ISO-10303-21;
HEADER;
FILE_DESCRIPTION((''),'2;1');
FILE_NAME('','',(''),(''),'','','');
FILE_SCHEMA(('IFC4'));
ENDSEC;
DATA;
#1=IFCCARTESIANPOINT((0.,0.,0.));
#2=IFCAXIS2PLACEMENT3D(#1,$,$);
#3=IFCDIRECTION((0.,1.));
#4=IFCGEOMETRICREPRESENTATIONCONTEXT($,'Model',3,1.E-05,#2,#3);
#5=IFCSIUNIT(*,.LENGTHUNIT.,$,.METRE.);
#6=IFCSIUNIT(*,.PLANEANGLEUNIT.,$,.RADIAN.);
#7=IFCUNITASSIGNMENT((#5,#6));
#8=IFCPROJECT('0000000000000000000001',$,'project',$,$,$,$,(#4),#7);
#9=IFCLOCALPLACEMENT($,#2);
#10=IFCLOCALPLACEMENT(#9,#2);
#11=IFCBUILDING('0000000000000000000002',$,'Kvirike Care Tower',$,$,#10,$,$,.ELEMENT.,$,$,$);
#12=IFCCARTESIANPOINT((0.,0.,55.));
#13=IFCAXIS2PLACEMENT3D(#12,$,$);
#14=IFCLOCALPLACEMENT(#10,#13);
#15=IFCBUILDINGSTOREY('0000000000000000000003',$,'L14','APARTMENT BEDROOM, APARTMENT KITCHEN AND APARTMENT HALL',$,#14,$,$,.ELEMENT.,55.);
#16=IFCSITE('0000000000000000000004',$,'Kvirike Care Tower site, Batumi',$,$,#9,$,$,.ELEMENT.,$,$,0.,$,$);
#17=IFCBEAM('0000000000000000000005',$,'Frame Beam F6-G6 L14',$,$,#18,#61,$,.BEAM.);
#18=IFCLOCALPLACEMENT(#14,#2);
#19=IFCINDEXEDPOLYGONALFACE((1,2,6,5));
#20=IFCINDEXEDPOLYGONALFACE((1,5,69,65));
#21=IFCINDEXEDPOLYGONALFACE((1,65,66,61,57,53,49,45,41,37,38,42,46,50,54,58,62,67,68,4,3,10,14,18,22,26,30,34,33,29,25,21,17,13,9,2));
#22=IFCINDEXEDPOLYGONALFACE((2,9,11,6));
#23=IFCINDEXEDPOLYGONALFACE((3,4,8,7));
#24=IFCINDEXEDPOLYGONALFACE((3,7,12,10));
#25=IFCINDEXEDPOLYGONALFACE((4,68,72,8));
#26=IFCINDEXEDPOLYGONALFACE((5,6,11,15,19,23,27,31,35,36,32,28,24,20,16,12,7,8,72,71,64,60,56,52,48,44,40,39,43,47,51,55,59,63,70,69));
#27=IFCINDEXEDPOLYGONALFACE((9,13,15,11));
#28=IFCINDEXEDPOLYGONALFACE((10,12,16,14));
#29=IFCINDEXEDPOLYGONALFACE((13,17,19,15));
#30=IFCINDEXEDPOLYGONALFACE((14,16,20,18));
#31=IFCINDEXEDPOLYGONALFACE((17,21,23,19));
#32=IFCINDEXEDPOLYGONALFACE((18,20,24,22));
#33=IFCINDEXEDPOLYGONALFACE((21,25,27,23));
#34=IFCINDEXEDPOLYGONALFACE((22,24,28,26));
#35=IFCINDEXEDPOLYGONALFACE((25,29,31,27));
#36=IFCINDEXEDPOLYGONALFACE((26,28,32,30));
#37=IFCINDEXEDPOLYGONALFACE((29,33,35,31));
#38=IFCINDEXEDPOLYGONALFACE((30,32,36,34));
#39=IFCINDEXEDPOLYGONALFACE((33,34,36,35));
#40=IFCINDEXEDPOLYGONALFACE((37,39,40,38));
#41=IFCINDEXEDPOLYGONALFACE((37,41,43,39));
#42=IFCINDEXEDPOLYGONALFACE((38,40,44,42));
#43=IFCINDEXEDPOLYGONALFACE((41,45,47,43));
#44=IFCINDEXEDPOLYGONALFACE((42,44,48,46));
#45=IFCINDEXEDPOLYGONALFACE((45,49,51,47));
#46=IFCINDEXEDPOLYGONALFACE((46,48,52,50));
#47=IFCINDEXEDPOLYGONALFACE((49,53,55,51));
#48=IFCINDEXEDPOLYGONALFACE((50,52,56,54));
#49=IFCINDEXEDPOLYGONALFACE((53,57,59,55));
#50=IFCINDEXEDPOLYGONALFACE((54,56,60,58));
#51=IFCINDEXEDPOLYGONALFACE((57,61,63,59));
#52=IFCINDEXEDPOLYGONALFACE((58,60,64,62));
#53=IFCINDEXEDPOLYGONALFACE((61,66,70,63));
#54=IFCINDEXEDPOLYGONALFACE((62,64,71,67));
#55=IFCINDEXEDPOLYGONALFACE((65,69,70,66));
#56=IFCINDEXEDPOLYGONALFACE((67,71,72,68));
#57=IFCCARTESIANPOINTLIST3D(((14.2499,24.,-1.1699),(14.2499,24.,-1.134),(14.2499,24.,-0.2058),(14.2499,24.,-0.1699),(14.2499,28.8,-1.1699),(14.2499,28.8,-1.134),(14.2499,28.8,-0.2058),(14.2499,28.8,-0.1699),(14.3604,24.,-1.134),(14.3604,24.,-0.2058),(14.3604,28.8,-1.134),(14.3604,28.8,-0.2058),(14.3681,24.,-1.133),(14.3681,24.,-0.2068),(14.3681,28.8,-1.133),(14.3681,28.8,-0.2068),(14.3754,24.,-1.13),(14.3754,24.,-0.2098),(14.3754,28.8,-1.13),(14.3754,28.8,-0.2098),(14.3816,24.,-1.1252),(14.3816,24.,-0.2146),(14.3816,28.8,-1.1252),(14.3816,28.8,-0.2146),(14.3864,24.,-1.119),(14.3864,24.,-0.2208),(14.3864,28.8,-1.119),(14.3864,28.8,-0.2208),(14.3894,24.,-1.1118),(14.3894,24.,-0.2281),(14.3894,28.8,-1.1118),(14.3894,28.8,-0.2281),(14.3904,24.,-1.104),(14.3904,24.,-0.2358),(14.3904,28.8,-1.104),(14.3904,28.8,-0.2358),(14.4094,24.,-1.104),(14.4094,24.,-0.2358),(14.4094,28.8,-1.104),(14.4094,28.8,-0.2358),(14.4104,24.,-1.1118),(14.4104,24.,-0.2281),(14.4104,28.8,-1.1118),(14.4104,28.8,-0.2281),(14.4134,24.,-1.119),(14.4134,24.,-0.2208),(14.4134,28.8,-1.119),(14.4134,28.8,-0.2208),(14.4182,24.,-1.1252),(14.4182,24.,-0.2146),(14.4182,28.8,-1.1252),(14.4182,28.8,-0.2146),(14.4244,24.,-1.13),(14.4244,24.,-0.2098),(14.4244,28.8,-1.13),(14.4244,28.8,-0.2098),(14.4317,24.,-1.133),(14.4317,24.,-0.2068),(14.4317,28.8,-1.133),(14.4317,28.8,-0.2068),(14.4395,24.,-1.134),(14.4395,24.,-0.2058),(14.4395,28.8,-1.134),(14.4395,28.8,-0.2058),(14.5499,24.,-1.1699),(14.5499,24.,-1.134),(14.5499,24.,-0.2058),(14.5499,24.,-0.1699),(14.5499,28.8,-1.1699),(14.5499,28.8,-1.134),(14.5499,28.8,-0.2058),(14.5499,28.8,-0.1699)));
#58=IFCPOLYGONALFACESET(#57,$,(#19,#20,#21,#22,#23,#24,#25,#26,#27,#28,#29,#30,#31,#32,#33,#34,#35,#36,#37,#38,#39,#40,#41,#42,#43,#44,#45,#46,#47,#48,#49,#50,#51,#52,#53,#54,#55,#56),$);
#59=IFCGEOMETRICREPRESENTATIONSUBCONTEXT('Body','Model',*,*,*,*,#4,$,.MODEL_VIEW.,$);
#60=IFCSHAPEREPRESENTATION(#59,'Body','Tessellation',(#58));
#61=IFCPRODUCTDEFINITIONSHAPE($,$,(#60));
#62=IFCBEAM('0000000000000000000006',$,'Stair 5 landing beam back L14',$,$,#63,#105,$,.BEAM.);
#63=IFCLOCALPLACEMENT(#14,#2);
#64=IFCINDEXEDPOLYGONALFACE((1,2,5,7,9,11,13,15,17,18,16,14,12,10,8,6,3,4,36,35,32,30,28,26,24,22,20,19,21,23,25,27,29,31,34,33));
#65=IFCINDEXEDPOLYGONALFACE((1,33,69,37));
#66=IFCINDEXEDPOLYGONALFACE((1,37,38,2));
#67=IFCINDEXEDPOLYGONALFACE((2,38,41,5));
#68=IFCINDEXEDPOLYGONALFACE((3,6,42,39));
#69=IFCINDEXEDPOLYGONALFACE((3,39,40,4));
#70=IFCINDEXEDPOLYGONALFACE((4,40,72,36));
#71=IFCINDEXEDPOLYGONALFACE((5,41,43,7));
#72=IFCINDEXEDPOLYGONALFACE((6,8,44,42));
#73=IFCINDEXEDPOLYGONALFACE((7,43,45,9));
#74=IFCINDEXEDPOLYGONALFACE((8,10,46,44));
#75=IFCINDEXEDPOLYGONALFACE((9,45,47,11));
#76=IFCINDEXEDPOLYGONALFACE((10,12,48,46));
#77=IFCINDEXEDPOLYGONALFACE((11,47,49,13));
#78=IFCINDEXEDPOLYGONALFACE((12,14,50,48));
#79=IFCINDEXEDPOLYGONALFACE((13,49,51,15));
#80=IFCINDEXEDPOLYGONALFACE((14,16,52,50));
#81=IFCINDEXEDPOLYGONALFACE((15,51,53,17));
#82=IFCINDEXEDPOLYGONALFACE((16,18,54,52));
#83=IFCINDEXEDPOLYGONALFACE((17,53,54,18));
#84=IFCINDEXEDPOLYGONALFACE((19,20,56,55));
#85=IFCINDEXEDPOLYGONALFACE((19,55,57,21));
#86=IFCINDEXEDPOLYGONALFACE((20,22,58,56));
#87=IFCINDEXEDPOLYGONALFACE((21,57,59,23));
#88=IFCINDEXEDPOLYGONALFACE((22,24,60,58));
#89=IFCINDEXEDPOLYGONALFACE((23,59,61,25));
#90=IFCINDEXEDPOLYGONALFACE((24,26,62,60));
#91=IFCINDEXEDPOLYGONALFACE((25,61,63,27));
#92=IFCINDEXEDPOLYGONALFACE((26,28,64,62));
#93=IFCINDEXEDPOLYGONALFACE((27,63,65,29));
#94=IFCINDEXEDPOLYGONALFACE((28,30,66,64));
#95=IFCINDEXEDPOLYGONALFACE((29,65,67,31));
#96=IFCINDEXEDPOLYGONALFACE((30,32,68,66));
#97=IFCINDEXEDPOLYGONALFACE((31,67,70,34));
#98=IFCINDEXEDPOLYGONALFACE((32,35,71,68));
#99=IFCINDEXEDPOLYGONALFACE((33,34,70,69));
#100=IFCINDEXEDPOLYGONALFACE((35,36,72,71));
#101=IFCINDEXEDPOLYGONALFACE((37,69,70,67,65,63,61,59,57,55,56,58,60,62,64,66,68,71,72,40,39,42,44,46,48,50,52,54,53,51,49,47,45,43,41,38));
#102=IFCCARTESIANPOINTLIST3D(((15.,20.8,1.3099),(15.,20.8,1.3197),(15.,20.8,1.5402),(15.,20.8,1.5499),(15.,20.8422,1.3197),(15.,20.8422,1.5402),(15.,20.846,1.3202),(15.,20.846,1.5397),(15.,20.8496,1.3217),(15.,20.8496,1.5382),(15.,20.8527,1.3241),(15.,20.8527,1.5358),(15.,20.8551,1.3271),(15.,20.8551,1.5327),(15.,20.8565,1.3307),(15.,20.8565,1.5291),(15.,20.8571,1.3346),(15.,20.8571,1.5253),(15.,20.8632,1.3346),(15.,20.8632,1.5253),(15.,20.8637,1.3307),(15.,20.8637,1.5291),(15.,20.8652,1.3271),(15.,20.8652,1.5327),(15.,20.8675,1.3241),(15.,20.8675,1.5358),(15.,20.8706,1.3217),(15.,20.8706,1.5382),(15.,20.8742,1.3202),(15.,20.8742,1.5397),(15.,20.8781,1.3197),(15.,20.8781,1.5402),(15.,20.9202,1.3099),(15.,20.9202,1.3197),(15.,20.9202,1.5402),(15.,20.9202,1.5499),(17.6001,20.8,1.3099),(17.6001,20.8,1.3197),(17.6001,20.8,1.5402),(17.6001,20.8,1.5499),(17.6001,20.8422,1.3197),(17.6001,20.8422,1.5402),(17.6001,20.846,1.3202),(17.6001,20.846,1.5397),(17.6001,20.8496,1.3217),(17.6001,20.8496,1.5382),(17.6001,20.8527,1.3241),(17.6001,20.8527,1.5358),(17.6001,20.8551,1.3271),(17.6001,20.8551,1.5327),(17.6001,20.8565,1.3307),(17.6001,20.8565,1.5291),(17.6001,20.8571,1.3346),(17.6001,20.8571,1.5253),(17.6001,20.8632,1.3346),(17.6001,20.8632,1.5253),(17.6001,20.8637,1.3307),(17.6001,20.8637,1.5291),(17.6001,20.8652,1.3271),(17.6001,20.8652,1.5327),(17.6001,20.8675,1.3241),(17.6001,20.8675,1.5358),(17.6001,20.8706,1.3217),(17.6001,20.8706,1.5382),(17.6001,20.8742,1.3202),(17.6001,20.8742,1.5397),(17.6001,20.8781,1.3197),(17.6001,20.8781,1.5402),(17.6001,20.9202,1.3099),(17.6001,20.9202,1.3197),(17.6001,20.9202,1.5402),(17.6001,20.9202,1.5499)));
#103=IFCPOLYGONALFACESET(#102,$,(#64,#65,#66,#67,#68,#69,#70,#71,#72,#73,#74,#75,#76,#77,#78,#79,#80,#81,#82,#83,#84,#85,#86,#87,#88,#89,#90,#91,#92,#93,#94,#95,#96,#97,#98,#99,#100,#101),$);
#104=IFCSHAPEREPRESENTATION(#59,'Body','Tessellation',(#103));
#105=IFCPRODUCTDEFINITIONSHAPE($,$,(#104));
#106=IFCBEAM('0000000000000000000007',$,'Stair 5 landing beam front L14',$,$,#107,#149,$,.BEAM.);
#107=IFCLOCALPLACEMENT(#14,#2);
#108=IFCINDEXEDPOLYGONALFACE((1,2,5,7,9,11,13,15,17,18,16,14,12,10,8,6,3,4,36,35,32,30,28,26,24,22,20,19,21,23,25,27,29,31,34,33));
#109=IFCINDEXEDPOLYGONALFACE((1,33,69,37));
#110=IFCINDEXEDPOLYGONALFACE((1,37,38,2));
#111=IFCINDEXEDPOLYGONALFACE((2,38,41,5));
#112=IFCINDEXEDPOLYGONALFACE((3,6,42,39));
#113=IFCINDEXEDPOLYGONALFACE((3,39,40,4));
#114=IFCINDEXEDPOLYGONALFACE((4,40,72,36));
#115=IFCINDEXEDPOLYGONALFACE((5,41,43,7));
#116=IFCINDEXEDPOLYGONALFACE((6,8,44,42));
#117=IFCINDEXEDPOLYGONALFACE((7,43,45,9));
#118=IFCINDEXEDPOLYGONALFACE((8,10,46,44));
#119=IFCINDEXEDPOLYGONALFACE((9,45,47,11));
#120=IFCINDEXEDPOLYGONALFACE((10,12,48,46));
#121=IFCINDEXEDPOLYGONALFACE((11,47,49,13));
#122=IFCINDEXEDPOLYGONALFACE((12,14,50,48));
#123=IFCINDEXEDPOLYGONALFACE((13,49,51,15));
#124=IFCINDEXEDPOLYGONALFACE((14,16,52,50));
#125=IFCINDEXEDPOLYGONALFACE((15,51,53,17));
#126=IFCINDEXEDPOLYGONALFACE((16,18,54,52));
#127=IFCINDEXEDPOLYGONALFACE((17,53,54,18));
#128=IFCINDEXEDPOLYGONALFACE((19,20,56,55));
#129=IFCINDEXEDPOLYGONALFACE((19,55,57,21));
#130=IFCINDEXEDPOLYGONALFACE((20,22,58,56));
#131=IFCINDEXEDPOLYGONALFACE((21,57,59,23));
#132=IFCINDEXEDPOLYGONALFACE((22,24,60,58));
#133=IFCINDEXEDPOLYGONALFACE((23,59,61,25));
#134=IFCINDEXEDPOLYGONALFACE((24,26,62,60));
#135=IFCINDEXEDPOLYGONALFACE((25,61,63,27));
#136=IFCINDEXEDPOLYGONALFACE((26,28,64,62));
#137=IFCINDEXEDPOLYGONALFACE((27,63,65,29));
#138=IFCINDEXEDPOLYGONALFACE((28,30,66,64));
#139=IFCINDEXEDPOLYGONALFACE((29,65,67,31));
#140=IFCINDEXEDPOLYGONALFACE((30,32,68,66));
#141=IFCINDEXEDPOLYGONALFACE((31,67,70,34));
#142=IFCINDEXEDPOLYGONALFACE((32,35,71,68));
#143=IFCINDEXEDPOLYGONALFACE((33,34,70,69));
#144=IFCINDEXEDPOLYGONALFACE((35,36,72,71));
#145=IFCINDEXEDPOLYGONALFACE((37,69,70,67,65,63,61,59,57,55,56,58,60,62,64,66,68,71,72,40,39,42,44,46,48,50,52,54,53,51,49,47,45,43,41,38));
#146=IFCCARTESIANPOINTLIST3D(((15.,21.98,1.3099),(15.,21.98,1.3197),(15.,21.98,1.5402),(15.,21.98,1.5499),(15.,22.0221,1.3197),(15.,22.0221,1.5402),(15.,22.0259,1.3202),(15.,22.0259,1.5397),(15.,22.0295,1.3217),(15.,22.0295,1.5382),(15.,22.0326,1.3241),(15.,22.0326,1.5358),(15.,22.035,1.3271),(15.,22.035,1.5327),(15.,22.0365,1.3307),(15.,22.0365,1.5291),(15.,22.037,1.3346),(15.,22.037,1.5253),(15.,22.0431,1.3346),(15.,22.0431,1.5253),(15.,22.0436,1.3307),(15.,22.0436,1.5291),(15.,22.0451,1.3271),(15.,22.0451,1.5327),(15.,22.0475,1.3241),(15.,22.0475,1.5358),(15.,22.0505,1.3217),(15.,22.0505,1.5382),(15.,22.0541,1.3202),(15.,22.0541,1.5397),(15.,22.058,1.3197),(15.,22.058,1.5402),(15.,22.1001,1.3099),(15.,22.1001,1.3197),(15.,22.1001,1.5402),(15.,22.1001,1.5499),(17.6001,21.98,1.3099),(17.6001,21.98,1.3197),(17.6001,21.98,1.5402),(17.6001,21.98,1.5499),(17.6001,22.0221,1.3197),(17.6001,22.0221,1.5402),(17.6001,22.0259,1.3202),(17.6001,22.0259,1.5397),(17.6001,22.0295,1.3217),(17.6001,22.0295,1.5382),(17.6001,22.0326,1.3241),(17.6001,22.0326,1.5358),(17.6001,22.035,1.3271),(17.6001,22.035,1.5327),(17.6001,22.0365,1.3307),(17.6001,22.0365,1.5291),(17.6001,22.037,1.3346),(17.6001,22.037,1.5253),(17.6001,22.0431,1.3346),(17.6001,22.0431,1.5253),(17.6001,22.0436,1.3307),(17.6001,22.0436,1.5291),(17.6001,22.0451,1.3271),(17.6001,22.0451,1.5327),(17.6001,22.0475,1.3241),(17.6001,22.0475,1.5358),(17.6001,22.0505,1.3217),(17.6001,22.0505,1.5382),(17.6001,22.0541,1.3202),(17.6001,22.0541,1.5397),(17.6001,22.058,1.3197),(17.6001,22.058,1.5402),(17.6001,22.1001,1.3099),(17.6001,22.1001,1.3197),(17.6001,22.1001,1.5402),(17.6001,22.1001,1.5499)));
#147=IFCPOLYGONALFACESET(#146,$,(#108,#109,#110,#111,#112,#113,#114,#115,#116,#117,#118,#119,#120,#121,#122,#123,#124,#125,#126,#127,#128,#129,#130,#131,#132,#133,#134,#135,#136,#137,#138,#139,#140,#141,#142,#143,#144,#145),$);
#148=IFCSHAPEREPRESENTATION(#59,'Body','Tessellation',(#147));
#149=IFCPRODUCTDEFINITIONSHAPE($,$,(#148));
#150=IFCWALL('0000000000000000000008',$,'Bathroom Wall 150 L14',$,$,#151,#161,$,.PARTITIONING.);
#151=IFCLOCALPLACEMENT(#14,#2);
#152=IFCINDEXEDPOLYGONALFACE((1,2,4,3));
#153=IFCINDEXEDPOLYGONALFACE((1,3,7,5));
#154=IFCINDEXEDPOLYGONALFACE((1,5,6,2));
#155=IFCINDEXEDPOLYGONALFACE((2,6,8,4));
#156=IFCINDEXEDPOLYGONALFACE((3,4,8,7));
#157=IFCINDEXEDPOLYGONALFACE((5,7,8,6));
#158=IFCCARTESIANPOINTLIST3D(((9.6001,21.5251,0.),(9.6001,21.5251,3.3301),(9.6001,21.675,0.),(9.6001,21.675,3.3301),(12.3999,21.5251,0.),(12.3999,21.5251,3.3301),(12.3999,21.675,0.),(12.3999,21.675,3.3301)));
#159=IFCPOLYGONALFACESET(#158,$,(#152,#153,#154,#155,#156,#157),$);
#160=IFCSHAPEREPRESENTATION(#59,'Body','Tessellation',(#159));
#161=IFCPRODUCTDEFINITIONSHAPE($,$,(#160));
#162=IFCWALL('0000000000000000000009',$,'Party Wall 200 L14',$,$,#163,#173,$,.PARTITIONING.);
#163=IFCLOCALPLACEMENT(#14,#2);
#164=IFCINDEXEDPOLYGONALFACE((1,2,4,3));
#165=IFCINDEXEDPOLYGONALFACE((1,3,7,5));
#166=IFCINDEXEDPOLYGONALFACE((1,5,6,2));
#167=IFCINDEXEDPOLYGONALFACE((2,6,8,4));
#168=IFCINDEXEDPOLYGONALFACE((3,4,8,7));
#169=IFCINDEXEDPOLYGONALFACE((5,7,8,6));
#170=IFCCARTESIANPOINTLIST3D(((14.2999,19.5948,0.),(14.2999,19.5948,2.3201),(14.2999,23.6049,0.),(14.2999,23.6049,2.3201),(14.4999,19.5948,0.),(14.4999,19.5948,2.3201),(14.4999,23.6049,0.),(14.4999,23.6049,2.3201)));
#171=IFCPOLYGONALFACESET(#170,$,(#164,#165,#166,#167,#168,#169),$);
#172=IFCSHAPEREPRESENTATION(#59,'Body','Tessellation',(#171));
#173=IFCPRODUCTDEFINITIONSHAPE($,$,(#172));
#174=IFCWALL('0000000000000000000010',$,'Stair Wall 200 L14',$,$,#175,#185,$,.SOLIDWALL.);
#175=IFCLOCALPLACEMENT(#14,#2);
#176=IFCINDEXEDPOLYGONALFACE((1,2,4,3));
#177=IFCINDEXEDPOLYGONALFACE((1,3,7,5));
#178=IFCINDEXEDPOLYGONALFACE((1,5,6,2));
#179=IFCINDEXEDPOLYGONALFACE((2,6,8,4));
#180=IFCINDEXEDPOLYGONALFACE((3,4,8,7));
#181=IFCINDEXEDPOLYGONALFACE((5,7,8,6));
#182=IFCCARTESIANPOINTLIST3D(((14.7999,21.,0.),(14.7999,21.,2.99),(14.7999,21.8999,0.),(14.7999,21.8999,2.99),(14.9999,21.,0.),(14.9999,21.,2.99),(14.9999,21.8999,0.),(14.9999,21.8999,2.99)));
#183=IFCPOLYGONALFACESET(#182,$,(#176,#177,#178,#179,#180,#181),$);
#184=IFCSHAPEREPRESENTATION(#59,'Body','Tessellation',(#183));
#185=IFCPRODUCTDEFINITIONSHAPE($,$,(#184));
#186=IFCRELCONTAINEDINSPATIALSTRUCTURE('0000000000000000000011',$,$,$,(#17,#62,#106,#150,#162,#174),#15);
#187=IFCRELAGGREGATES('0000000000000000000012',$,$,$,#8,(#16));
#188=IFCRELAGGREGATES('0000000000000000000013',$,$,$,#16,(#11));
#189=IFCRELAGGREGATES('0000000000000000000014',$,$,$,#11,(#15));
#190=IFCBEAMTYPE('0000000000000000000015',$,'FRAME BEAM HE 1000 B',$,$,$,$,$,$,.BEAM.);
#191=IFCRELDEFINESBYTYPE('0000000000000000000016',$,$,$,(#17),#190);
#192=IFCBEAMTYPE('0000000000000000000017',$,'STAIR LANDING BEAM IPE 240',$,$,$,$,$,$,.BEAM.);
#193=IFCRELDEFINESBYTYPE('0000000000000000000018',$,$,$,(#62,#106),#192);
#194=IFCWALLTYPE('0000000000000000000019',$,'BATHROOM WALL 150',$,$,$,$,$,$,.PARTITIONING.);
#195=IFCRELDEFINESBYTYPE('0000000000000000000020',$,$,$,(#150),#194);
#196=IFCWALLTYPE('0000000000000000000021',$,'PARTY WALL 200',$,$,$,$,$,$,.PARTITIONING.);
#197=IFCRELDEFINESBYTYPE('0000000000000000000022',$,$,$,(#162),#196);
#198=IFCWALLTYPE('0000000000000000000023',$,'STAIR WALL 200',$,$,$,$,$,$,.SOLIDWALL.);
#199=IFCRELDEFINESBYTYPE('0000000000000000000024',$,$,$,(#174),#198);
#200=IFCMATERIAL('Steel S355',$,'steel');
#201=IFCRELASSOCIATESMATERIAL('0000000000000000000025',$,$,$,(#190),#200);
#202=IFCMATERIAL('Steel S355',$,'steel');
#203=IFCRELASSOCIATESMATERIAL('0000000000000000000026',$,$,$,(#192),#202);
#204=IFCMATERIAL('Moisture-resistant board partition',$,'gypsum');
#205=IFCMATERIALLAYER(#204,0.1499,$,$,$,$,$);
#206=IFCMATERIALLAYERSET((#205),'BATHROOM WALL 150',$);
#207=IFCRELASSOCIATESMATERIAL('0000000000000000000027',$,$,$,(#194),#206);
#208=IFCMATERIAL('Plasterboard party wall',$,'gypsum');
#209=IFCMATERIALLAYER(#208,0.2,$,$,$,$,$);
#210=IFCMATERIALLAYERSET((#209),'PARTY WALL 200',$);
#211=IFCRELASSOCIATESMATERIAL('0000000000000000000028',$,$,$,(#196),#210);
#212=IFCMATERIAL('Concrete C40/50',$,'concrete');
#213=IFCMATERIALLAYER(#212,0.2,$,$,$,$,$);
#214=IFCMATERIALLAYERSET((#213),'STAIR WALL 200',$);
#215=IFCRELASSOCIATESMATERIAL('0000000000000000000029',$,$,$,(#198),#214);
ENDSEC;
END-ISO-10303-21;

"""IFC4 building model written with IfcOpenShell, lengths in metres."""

from ifc_helpers import new_model, si_unit, direction, frame, frame_2d, origin, origin_2d, place, context, subcontext, project, spatial, rectangle, i_section, extrude, material, layer, layer_set, material_profile, profile_set, type_object, element, save


model = new_model("IFC4")

# Units and contexts
model_context = context("Model", 3, precision=1e-05, world=origin(), true_north=direction((0.0, 1.0)))
body_context = subcontext(model_context, "Body", "Model", "MODEL_VIEW")
ifc_project = project(units=[si_unit("LENGTHUNIT", "METRE"), si_unit("PLANEANGLEUNIT", "RADIAN")], contexts=[model_context])

# Site, building, storey
site_placement = place(None, origin())
site = spatial("IfcSite", under=ifc_project, at=site_placement, Name="Kvirike Care Tower site, Batumi", CompositionType="ELEMENT", RefElevation=0.0)
building_placement = place(site_placement, origin())
building = spatial("IfcBuilding", under=site, at=building_placement, Name="Kvirike Care Tower", CompositionType="ELEMENT")
storey_placement = place(building_placement, frame((0.0, 0.0, 55.0)))
storey = spatial("IfcBuildingStorey", under=building, at=storey_placement, Name="L14", Description="APARTMENT BEDROOM, APARTMENT KITCHEN AND APARTMENT HALL", CompositionType="ELEMENT", Elevation=55.0)

# Beams
ifc_material_1 = material(Name="Steel S355", Category="steel")
ifc_material_profile_1 = material_profile(ifc_material_1, i_section(OverallWidth=0.3, OverallDepth=1.0, WebThickness=0.019, FlangeThickness=0.0359, FilletRadius=0.03, at=origin_2d()), Name="HE 1000 B")
ifc_profile_set_1 = profile_set([ifc_material_profile_1], Name="Steel S355")
beam_type_1 = type_object("IfcBeamType", Name="FRAME BEAM HE 1000 B", PredefinedType="BEAM", material=ifc_profile_set_1)
for number, where, z_axis, x_axis, name in (
    (1, (14.3999, 24.0, -0.6699), (0.0, 1.0, 0.0), (-1.0, 0.0, 0.0), "Frame Beam F6-G6 L14"),
):
    element("IfcBeam", number, at=place(storey_placement, frame(where, z_axis=z_axis, x_axis=x_axis)), inside=storey, type_object=beam_type_1, Name=name, PredefinedType="BEAM", context=body_context, shape_type="SweptSolid", body=[
        extrude(i_section(OverallWidth=0.3, OverallDepth=1.0, WebThickness=0.019, FlangeThickness=0.0359, FilletRadius=0.03, at=origin_2d()), origin(), (0.0, 0.0, 1.0), 4.8),
    ])
ifc_material_2 = material(Name="Steel S355", Category="steel")
ifc_material_profile_2 = material_profile(ifc_material_2, i_section(OverallWidth=0.1201, OverallDepth=0.24, WebThickness=0.0061, FlangeThickness=0.0098, FilletRadius=0.0149, at=origin_2d()), Name="IPE 240")
ifc_profile_set_2 = profile_set([ifc_material_profile_2], Name="Steel S355")
beam_type_2 = type_object("IfcBeamType", Name="STAIR LANDING BEAM IPE 240", PredefinedType="BEAM", material=ifc_profile_set_2)
for number, where, z_axis, x_axis, name in (
    (2, (15.0, 20.8601, 1.4299), (1.0, 0.0, 0.0), (0.0, 1.0, 0.0), "Stair 5 landing beam back L14"),
    (3, (15.0, 22.04, 1.4299), (1.0, 0.0, 0.0), (0.0, 1.0, 0.0), "Stair 5 landing beam front L14"),
):
    element("IfcBeam", number, at=place(storey_placement, frame(where, z_axis=z_axis, x_axis=x_axis)), inside=storey, type_object=beam_type_2, Name=name, PredefinedType="BEAM", context=body_context, shape_type="SweptSolid", body=[
        extrude(i_section(OverallWidth=0.1201, OverallDepth=0.24, WebThickness=0.0061, FlangeThickness=0.0098, FilletRadius=0.0149, at=origin_2d()), origin(), (0.0, 0.0, 1.0), 2.6001),
    ])

# Walls
ifc_material_3 = material(Name="Moisture-resistant board partition", Category="gypsum")
ifc_layer_1 = layer(ifc_material_3, 0.1499)
ifc_layer_set_1 = layer_set([ifc_layer_1], Name="BATHROOM WALL 150")
wall_type_1 = type_object("IfcWallType", Name="BATHROOM WALL 150", PredefinedType="PARTITIONING", material=ifc_layer_set_1)
wall_1_placement = place(storey_placement, frame((9.6001, 21.6001, 0.0), z_axis=(0.0, 0.0, 1.0), x_axis=(1.0, 0.0, 0.0)))
element("IfcWall", 4, at=wall_1_placement, inside=storey, type_object=wall_type_1, Name="Bathroom Wall 150 L14", PredefinedType="PARTITIONING", context=body_context, shape_type="SweptSolid", body=[
    extrude(rectangle(XDim=2.7998, YDim=0.1499, at=frame_2d((1.3999, 0.0))), origin(), (0.0, 0.0, 1.0), 3.3301),
])
ifc_material_4 = material(Name="Plasterboard party wall", Category="gypsum")
ifc_layer_2 = layer(ifc_material_4, 0.2)
ifc_layer_set_2 = layer_set([ifc_layer_2], Name="PARTY WALL 200")
wall_type_2 = type_object("IfcWallType", Name="PARTY WALL 200", PredefinedType="PARTITIONING", material=ifc_layer_set_2)
wall_2_placement = place(storey_placement, frame((14.3999, 19.595, 0.0), z_axis=(0.0, 0.0, 1.0), x_axis=(0.0, 1.0, 0.0)))
element("IfcWall", 5, at=wall_2_placement, inside=storey, type_object=wall_type_2, Name="Party Wall 200 L14", PredefinedType="PARTITIONING", context=body_context, shape_type="SweptSolid", body=[
    extrude(rectangle(XDim=4.01, YDim=0.2, at=frame_2d((2.0049, 0.0))), origin(), (0.0, 0.0, 1.0), 2.3201),
])
ifc_material_5 = material(Name="Concrete C40/50", Category="concrete")
ifc_layer_3 = layer(ifc_material_5, 0.2)
ifc_layer_set_3 = layer_set([ifc_layer_3], Name="STAIR WALL 200")
wall_type_3 = type_object("IfcWallType", Name="STAIR WALL 200", PredefinedType="SOLIDWALL", material=ifc_layer_set_3)
wall_3_placement = place(storey_placement, frame((14.8999, 21.0, 0.0), z_axis=(0.0, 0.0, 1.0), x_axis=(0.0, 1.0, 0.0)))
element("IfcWall", 6, at=wall_3_placement, inside=storey, type_object=wall_type_3, Name="Stair Wall 200 L14", PredefinedType="SOLIDWALL", context=body_context, shape_type="SweptSolid", body=[
    extrude(rectangle(XDim=0.8999, YDim=0.2, at=frame_2d((0.45, 0.0))), origin(), (0.0, 0.0, 1.0), 2.99),
])

save(model, "model.ifc")
